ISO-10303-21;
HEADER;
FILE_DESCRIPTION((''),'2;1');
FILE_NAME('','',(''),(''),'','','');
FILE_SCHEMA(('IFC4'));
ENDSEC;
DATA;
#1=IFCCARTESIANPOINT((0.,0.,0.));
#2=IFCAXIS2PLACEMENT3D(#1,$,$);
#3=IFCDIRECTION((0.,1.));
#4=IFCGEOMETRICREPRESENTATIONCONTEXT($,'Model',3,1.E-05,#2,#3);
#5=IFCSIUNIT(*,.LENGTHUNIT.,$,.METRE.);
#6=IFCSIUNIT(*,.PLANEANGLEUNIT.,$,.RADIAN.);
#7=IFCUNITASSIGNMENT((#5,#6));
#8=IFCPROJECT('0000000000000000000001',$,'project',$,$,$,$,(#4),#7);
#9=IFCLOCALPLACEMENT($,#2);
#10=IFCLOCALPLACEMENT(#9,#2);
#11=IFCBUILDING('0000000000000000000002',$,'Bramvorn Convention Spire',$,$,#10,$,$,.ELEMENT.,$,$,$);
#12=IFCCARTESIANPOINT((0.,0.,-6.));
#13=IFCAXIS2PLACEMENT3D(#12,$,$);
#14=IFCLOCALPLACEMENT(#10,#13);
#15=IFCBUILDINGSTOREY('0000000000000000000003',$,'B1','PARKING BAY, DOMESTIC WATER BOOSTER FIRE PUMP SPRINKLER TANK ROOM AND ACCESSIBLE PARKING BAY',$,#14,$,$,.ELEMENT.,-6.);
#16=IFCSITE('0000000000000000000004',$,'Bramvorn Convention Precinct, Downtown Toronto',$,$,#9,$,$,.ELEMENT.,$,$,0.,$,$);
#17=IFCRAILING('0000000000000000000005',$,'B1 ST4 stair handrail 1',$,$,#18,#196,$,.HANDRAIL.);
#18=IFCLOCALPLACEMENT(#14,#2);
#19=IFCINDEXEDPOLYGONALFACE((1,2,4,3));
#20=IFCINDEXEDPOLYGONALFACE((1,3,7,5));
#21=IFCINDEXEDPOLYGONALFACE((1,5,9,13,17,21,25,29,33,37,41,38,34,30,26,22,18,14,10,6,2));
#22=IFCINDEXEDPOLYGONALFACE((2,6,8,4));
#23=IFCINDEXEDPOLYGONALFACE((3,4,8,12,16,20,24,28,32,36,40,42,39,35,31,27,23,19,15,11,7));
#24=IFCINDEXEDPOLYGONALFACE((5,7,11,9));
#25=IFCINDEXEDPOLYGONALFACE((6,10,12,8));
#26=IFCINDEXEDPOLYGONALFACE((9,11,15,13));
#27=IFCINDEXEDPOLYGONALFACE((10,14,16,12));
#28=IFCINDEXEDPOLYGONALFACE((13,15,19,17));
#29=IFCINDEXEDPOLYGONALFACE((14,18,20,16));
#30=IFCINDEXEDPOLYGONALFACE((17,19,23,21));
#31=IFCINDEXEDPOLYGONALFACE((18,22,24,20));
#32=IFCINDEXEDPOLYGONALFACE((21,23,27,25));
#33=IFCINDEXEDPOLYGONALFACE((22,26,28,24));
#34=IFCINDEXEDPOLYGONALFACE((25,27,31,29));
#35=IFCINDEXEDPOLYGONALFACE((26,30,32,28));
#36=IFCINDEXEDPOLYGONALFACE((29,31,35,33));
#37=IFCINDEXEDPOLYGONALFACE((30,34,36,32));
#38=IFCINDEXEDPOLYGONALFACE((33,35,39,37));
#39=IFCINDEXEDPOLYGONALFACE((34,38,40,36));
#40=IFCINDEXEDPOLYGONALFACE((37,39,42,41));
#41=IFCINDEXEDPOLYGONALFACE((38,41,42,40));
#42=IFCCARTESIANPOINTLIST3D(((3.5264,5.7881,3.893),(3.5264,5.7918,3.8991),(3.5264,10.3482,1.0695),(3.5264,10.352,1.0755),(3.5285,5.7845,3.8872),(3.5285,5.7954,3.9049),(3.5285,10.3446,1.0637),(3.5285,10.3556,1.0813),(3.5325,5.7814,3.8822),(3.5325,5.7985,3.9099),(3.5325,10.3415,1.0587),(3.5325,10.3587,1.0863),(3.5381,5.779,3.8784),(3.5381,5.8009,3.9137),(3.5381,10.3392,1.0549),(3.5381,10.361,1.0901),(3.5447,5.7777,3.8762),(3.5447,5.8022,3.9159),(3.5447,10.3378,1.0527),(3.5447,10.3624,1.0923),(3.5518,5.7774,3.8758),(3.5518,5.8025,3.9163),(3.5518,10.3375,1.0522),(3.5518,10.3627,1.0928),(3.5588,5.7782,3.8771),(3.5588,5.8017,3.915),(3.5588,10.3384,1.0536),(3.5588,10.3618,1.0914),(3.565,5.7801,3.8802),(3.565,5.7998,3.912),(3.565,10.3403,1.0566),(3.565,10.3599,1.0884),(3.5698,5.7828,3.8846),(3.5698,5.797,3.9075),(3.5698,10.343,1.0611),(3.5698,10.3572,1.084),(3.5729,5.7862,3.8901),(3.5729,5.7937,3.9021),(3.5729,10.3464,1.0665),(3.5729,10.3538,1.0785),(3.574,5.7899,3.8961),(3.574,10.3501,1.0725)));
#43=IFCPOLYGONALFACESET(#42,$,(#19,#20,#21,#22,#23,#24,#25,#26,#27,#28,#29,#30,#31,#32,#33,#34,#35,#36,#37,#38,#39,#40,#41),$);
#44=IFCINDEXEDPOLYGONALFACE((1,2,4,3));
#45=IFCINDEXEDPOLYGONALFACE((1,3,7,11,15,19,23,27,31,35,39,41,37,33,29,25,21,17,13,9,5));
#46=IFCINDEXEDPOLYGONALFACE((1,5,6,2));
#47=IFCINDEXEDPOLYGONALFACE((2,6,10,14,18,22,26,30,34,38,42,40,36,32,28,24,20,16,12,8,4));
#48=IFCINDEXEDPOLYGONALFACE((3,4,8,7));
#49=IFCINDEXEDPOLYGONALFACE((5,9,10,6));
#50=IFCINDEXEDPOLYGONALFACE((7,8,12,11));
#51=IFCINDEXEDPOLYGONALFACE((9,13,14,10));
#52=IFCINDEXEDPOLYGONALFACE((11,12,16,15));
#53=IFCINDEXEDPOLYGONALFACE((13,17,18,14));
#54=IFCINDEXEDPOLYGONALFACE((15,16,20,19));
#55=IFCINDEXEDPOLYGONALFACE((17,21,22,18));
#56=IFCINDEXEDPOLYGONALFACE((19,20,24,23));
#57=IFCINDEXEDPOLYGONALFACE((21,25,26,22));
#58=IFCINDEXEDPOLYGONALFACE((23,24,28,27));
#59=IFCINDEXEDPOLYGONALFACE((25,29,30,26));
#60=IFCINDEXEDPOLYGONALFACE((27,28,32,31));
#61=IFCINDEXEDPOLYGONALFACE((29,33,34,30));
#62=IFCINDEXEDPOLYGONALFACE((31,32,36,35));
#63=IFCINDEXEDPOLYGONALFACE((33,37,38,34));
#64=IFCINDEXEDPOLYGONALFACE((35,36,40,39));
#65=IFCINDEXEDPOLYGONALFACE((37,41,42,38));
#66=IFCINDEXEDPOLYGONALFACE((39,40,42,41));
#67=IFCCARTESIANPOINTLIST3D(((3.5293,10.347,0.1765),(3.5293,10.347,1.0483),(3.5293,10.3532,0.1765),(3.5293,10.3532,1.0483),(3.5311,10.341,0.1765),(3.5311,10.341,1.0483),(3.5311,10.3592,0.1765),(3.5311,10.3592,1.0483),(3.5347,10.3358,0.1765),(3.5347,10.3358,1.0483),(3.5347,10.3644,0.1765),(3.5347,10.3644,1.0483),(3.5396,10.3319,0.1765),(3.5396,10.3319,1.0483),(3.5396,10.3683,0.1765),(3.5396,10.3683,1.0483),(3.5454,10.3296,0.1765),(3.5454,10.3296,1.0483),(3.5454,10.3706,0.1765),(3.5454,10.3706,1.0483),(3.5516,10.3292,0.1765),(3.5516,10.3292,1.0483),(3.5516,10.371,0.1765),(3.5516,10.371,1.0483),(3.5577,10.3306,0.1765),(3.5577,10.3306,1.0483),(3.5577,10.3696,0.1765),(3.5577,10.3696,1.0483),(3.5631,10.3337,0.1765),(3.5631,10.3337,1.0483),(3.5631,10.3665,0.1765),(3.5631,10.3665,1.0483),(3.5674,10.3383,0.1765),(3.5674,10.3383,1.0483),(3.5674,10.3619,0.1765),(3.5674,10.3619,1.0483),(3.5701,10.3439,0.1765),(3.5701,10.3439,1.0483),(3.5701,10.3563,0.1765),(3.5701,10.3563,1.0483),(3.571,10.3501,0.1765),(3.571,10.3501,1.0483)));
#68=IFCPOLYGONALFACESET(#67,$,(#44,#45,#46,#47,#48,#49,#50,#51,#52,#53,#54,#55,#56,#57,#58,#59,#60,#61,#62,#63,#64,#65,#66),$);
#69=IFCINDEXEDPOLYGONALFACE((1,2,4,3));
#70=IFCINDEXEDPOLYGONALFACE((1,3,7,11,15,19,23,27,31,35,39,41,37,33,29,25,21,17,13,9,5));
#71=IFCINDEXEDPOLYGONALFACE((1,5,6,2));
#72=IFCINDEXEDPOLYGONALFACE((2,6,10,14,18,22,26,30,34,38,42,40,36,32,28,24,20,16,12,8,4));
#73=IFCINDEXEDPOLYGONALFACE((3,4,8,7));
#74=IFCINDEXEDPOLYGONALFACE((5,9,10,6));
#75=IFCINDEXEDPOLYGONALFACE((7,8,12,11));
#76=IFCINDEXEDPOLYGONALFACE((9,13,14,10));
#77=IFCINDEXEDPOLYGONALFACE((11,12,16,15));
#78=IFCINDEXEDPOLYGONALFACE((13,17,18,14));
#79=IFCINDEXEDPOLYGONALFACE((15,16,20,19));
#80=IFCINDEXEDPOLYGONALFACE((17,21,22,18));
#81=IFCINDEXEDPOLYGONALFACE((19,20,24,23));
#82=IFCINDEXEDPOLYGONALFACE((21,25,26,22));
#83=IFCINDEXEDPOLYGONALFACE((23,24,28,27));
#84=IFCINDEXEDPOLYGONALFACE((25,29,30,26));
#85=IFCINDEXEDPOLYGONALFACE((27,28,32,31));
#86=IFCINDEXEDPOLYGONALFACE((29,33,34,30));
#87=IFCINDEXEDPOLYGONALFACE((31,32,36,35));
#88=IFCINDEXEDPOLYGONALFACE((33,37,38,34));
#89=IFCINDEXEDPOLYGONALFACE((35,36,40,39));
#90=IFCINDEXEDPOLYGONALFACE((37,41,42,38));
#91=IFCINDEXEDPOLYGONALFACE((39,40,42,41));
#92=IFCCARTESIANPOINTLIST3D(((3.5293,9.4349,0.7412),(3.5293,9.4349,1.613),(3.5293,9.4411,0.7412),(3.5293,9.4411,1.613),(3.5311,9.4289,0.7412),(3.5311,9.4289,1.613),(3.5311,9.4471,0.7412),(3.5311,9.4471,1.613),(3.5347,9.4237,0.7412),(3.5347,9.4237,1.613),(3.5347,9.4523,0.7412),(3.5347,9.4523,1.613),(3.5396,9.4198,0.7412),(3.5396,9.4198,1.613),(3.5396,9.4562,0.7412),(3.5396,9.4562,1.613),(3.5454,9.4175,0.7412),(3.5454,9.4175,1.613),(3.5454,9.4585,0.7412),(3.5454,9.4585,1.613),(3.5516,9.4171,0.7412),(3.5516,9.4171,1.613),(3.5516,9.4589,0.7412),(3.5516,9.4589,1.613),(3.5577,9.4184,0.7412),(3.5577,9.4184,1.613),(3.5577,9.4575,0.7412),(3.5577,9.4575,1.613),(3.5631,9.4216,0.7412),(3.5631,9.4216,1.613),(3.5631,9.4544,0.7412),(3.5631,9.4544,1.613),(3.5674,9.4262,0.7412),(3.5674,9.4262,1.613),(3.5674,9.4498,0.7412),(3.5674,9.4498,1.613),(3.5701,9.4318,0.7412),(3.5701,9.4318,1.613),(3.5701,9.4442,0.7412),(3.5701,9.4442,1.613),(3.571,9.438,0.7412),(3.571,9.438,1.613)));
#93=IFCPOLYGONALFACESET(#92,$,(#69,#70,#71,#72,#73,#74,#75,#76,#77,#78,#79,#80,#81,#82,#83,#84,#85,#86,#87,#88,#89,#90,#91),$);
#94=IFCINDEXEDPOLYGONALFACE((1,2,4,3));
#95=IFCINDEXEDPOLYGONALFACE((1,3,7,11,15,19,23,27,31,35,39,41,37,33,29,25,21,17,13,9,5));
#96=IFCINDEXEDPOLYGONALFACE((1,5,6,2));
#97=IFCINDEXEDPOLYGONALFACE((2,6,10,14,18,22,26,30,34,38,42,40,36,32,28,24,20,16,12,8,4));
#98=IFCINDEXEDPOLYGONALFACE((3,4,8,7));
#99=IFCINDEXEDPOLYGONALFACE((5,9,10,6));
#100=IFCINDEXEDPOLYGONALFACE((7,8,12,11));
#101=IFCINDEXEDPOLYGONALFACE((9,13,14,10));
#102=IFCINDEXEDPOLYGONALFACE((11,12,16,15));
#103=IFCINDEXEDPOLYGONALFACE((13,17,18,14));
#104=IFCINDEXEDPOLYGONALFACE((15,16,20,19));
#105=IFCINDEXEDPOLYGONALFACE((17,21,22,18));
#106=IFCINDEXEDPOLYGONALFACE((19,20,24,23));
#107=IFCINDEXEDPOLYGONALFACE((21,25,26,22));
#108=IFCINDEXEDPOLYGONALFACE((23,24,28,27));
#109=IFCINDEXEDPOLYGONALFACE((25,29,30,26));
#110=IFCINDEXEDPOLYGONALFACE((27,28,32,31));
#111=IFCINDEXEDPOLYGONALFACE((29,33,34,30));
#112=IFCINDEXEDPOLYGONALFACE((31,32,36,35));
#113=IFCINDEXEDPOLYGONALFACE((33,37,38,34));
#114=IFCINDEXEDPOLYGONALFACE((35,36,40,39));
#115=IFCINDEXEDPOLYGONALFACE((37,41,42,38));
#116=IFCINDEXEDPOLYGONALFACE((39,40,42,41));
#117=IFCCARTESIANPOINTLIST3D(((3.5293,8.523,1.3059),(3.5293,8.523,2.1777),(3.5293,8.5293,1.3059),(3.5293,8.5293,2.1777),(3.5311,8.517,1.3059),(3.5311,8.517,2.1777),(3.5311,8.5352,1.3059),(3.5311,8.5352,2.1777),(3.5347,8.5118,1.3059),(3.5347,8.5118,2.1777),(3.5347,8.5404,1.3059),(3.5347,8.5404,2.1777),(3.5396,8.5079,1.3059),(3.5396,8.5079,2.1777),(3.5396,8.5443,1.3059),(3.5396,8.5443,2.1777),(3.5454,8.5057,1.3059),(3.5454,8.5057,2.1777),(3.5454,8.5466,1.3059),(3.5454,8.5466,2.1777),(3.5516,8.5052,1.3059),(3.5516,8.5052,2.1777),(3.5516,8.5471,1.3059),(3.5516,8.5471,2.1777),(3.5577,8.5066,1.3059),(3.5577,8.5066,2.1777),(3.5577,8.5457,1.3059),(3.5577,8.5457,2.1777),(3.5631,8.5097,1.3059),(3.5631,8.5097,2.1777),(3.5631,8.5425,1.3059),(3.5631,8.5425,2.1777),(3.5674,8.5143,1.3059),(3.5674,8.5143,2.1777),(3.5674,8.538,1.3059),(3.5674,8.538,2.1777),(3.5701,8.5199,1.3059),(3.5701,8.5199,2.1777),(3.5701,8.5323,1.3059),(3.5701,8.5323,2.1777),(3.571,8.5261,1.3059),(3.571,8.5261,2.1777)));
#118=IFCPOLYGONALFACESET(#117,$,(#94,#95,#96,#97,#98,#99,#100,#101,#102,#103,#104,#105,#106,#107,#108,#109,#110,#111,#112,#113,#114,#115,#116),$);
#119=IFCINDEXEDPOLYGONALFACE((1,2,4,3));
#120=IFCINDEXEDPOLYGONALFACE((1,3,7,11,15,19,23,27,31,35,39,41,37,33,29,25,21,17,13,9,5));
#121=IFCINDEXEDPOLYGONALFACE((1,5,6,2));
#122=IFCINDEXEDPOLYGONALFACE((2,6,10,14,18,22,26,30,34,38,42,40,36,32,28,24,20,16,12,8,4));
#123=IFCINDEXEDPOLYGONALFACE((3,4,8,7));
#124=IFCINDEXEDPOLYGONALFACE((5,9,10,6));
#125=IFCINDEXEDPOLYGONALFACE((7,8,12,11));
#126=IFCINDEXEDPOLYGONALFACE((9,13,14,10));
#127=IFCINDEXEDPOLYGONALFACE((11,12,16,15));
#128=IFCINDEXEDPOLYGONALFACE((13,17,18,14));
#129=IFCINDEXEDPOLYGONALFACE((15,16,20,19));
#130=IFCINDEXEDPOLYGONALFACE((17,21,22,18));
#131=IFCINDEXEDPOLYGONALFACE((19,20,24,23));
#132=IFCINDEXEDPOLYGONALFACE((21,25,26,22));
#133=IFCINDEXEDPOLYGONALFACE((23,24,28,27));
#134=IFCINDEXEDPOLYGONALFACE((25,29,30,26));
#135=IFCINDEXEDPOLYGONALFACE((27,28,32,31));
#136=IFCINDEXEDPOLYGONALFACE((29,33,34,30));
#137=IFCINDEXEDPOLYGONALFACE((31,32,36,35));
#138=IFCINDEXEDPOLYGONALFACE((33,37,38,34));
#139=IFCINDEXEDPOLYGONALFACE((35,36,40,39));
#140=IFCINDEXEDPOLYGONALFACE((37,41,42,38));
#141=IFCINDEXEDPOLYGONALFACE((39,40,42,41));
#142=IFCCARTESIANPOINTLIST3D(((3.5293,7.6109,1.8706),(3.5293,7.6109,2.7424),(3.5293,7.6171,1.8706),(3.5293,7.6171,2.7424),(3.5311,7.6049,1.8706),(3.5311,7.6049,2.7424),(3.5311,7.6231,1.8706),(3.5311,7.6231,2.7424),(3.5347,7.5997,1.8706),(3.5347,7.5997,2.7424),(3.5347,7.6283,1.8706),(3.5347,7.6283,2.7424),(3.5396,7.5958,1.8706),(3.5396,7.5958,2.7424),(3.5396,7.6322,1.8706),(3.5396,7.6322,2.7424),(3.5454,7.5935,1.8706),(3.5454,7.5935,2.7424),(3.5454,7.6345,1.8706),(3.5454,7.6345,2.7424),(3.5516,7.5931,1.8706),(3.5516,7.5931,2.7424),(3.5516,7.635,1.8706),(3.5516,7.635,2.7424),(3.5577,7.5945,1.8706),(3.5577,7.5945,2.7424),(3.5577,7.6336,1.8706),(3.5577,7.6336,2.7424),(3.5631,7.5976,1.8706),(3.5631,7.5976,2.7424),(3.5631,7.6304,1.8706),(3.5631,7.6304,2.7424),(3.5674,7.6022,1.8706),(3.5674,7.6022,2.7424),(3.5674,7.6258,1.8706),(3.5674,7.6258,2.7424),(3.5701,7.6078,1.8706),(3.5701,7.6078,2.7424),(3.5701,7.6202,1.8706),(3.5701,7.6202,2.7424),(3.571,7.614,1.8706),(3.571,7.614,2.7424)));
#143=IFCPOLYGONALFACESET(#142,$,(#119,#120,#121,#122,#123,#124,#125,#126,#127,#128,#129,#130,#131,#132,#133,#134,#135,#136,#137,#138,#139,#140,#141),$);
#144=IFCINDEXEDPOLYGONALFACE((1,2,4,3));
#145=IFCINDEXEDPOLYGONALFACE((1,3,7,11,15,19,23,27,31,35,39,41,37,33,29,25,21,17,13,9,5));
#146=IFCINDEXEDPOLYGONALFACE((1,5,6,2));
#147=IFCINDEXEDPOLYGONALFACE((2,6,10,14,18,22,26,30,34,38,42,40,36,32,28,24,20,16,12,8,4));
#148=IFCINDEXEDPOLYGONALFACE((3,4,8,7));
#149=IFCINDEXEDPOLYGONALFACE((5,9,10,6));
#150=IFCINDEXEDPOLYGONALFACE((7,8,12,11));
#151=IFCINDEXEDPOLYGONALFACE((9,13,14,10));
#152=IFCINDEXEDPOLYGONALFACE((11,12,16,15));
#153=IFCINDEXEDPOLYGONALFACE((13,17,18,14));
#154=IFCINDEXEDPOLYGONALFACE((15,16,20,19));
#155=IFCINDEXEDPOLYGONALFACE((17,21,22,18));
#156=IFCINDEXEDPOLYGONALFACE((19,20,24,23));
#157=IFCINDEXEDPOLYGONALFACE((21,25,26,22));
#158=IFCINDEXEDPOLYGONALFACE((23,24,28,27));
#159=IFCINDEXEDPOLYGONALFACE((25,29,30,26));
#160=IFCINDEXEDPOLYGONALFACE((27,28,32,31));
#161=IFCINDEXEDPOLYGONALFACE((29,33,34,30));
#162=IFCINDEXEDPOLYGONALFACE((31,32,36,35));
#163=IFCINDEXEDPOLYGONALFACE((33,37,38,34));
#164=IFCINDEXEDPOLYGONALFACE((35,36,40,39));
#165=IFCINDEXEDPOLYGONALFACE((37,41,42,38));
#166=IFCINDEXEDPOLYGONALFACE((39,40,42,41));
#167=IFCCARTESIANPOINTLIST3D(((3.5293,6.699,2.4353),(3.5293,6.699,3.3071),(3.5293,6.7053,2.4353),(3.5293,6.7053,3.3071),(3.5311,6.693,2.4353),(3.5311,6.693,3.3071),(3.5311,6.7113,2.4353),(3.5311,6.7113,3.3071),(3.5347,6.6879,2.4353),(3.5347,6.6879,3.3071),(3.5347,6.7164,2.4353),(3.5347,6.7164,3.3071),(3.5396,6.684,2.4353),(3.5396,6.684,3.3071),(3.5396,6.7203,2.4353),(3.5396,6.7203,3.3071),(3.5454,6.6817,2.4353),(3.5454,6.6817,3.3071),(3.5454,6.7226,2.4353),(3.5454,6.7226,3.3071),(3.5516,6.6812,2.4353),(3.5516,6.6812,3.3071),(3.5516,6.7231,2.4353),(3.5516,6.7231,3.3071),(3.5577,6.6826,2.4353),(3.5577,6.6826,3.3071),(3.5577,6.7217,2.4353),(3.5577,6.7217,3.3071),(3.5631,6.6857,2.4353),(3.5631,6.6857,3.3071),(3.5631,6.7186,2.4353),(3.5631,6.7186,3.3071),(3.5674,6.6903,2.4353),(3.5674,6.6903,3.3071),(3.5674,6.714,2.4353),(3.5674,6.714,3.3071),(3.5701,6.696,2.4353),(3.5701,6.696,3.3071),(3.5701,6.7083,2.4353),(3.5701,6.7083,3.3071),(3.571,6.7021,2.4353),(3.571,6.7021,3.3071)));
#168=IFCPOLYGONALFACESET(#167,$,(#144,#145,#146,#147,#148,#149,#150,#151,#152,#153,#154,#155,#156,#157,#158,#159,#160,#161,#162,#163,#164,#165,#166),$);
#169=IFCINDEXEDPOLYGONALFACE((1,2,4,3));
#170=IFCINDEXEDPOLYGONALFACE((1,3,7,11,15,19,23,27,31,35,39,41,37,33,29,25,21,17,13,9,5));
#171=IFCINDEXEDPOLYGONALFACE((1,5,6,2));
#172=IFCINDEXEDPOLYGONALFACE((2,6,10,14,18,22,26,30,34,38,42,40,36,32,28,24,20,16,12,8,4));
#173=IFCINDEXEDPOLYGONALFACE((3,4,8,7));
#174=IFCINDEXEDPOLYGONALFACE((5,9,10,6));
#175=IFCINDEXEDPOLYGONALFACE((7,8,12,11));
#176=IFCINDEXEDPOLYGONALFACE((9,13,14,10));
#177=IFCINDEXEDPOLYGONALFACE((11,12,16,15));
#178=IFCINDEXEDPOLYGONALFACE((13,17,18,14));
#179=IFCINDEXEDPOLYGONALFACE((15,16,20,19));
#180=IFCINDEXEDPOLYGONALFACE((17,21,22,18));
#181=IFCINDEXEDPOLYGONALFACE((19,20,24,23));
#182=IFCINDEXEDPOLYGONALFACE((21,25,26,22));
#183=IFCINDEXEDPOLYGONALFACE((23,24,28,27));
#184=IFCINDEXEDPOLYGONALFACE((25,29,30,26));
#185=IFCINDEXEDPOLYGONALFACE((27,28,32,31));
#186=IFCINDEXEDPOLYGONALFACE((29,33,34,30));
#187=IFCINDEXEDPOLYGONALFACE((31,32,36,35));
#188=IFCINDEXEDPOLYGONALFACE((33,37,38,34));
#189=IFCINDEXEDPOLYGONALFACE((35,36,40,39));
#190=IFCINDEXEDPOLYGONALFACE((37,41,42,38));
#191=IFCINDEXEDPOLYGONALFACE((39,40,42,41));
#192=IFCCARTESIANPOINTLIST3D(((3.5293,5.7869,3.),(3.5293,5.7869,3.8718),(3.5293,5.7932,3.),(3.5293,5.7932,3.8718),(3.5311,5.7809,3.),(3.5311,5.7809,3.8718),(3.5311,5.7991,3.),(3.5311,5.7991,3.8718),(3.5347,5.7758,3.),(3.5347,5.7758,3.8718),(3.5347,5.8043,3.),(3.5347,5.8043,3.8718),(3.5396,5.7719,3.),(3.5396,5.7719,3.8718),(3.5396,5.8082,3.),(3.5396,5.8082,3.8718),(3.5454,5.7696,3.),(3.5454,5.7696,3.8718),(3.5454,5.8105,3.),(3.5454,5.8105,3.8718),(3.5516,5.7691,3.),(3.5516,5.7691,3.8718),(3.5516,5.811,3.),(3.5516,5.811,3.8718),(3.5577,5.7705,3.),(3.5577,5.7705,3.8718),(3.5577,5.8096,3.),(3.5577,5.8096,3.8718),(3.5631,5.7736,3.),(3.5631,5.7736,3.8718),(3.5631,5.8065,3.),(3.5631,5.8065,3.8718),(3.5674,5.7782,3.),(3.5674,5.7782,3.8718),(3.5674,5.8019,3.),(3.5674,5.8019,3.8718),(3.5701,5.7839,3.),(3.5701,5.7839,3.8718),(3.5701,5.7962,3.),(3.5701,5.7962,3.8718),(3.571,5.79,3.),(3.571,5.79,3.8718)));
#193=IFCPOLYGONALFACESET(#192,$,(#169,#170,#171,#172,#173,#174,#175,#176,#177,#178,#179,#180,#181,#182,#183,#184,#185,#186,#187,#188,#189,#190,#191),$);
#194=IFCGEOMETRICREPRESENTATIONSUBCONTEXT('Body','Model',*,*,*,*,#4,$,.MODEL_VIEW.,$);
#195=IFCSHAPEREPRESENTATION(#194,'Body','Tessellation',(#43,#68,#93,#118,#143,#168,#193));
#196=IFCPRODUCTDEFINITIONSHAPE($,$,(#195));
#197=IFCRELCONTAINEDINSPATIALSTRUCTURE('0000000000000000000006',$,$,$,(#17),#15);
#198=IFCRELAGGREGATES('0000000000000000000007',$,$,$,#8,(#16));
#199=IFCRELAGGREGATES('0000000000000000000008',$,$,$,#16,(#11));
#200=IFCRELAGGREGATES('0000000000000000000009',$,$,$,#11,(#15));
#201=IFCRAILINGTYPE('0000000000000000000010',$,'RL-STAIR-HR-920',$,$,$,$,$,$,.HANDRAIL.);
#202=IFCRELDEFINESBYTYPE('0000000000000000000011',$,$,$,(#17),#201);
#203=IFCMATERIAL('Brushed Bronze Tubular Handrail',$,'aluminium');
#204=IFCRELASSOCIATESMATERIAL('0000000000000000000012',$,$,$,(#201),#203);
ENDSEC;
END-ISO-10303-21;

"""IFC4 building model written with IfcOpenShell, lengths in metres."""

from ifc_helpers import new_model, si_unit, direction, frame, origin, origin_2d, place, context, subcontext, project, spatial, circle, extrude, material, type_object, element, save


model = new_model("IFC4")

# Units and contexts
model_context = context("Model", 3, precision=1e-05, world=origin(), true_north=direction((0.0, 1.0)))
body_context = subcontext(model_context, "Body", "Model", "MODEL_VIEW")
ifc_project = project(units=[si_unit("LENGTHUNIT", "METRE"), si_unit("PLANEANGLEUNIT", "RADIAN")], contexts=[model_context])

# Site, building, storey
site_placement = place(None, origin())
site = spatial("IfcSite", under=ifc_project, at=site_placement, Name="Bramvorn Convention Precinct, Downtown Toronto", CompositionType="ELEMENT", RefElevation=0.0)
building_placement = place(site_placement, origin())
building = spatial("IfcBuilding", under=site, at=building_placement, Name="Bramvorn Convention Spire", CompositionType="ELEMENT")
storey_placement = place(building_placement, frame((0.0, 0.0, -6.0)))
storey = spatial("IfcBuildingStorey", under=building, at=storey_placement, Name="B1", Description="PARKING BAY, DOMESTIC WATER BOOSTER FIRE PUMP SPRINKLER TANK ROOM AND ACCESSIBLE PARKING BAY", CompositionType="ELEMENT", Elevation=-6.0)

# Railing
ifc_material_1 = material(Name="Brushed Bronze Tubular Handrail", Category="aluminium")
railing_type_1 = type_object("IfcRailingType", Name="RL-STAIR-HR-920", PredefinedType="HANDRAIL", material=ifc_material_1)
railing_1_placement = place(storey_placement, frame((3.55, 10.3501, 0.1765)))
element("IfcRailing", 1, at=railing_1_placement, inside=storey, type_object=railing_type_1, Name="B1 ST4 stair handrail 1", PredefinedType="HANDRAIL", context=body_context, shape_type="SweptSolid", body=[
    extrude(circle(Radius=0.0239, at=origin_2d()), frame((0.0, 0.0, 0.896), z_axis=(0.0, -0.850216, 0.526435), x_axis=(1.0, 0.0, 0.0)), (0.0, 0.0, 1.0), 5.3635),
    extrude(circle(Radius=0.021, at=origin_2d()), origin(), (0.0, 0.0, 1.0), 0.8718),
    extrude(circle(Radius=0.021, at=origin_2d()), frame((0.0, -0.9121, 0.5647)), (0.0, 0.0, 1.0), 0.8718),
    extrude(circle(Radius=0.021, at=origin_2d()), frame((0.0, -1.824, 1.1294)), (0.0, 0.0, 1.0), 0.8718),
    extrude(circle(Radius=0.021, at=origin_2d()), frame((0.0, -2.7361, 1.6941)), (0.0, 0.0, 1.0), 0.8718),
    extrude(circle(Radius=0.021, at=origin_2d()), frame((0.0, -3.6479, 2.2588)), (0.0, 0.0, 1.0), 0.8718),
    extrude(circle(Radius=0.021, at=origin_2d()), frame((0.0, -4.5601, 2.8235)), (0.0, 0.0, 1.0), 0.8718),
])

save(model, "model.ifc")
